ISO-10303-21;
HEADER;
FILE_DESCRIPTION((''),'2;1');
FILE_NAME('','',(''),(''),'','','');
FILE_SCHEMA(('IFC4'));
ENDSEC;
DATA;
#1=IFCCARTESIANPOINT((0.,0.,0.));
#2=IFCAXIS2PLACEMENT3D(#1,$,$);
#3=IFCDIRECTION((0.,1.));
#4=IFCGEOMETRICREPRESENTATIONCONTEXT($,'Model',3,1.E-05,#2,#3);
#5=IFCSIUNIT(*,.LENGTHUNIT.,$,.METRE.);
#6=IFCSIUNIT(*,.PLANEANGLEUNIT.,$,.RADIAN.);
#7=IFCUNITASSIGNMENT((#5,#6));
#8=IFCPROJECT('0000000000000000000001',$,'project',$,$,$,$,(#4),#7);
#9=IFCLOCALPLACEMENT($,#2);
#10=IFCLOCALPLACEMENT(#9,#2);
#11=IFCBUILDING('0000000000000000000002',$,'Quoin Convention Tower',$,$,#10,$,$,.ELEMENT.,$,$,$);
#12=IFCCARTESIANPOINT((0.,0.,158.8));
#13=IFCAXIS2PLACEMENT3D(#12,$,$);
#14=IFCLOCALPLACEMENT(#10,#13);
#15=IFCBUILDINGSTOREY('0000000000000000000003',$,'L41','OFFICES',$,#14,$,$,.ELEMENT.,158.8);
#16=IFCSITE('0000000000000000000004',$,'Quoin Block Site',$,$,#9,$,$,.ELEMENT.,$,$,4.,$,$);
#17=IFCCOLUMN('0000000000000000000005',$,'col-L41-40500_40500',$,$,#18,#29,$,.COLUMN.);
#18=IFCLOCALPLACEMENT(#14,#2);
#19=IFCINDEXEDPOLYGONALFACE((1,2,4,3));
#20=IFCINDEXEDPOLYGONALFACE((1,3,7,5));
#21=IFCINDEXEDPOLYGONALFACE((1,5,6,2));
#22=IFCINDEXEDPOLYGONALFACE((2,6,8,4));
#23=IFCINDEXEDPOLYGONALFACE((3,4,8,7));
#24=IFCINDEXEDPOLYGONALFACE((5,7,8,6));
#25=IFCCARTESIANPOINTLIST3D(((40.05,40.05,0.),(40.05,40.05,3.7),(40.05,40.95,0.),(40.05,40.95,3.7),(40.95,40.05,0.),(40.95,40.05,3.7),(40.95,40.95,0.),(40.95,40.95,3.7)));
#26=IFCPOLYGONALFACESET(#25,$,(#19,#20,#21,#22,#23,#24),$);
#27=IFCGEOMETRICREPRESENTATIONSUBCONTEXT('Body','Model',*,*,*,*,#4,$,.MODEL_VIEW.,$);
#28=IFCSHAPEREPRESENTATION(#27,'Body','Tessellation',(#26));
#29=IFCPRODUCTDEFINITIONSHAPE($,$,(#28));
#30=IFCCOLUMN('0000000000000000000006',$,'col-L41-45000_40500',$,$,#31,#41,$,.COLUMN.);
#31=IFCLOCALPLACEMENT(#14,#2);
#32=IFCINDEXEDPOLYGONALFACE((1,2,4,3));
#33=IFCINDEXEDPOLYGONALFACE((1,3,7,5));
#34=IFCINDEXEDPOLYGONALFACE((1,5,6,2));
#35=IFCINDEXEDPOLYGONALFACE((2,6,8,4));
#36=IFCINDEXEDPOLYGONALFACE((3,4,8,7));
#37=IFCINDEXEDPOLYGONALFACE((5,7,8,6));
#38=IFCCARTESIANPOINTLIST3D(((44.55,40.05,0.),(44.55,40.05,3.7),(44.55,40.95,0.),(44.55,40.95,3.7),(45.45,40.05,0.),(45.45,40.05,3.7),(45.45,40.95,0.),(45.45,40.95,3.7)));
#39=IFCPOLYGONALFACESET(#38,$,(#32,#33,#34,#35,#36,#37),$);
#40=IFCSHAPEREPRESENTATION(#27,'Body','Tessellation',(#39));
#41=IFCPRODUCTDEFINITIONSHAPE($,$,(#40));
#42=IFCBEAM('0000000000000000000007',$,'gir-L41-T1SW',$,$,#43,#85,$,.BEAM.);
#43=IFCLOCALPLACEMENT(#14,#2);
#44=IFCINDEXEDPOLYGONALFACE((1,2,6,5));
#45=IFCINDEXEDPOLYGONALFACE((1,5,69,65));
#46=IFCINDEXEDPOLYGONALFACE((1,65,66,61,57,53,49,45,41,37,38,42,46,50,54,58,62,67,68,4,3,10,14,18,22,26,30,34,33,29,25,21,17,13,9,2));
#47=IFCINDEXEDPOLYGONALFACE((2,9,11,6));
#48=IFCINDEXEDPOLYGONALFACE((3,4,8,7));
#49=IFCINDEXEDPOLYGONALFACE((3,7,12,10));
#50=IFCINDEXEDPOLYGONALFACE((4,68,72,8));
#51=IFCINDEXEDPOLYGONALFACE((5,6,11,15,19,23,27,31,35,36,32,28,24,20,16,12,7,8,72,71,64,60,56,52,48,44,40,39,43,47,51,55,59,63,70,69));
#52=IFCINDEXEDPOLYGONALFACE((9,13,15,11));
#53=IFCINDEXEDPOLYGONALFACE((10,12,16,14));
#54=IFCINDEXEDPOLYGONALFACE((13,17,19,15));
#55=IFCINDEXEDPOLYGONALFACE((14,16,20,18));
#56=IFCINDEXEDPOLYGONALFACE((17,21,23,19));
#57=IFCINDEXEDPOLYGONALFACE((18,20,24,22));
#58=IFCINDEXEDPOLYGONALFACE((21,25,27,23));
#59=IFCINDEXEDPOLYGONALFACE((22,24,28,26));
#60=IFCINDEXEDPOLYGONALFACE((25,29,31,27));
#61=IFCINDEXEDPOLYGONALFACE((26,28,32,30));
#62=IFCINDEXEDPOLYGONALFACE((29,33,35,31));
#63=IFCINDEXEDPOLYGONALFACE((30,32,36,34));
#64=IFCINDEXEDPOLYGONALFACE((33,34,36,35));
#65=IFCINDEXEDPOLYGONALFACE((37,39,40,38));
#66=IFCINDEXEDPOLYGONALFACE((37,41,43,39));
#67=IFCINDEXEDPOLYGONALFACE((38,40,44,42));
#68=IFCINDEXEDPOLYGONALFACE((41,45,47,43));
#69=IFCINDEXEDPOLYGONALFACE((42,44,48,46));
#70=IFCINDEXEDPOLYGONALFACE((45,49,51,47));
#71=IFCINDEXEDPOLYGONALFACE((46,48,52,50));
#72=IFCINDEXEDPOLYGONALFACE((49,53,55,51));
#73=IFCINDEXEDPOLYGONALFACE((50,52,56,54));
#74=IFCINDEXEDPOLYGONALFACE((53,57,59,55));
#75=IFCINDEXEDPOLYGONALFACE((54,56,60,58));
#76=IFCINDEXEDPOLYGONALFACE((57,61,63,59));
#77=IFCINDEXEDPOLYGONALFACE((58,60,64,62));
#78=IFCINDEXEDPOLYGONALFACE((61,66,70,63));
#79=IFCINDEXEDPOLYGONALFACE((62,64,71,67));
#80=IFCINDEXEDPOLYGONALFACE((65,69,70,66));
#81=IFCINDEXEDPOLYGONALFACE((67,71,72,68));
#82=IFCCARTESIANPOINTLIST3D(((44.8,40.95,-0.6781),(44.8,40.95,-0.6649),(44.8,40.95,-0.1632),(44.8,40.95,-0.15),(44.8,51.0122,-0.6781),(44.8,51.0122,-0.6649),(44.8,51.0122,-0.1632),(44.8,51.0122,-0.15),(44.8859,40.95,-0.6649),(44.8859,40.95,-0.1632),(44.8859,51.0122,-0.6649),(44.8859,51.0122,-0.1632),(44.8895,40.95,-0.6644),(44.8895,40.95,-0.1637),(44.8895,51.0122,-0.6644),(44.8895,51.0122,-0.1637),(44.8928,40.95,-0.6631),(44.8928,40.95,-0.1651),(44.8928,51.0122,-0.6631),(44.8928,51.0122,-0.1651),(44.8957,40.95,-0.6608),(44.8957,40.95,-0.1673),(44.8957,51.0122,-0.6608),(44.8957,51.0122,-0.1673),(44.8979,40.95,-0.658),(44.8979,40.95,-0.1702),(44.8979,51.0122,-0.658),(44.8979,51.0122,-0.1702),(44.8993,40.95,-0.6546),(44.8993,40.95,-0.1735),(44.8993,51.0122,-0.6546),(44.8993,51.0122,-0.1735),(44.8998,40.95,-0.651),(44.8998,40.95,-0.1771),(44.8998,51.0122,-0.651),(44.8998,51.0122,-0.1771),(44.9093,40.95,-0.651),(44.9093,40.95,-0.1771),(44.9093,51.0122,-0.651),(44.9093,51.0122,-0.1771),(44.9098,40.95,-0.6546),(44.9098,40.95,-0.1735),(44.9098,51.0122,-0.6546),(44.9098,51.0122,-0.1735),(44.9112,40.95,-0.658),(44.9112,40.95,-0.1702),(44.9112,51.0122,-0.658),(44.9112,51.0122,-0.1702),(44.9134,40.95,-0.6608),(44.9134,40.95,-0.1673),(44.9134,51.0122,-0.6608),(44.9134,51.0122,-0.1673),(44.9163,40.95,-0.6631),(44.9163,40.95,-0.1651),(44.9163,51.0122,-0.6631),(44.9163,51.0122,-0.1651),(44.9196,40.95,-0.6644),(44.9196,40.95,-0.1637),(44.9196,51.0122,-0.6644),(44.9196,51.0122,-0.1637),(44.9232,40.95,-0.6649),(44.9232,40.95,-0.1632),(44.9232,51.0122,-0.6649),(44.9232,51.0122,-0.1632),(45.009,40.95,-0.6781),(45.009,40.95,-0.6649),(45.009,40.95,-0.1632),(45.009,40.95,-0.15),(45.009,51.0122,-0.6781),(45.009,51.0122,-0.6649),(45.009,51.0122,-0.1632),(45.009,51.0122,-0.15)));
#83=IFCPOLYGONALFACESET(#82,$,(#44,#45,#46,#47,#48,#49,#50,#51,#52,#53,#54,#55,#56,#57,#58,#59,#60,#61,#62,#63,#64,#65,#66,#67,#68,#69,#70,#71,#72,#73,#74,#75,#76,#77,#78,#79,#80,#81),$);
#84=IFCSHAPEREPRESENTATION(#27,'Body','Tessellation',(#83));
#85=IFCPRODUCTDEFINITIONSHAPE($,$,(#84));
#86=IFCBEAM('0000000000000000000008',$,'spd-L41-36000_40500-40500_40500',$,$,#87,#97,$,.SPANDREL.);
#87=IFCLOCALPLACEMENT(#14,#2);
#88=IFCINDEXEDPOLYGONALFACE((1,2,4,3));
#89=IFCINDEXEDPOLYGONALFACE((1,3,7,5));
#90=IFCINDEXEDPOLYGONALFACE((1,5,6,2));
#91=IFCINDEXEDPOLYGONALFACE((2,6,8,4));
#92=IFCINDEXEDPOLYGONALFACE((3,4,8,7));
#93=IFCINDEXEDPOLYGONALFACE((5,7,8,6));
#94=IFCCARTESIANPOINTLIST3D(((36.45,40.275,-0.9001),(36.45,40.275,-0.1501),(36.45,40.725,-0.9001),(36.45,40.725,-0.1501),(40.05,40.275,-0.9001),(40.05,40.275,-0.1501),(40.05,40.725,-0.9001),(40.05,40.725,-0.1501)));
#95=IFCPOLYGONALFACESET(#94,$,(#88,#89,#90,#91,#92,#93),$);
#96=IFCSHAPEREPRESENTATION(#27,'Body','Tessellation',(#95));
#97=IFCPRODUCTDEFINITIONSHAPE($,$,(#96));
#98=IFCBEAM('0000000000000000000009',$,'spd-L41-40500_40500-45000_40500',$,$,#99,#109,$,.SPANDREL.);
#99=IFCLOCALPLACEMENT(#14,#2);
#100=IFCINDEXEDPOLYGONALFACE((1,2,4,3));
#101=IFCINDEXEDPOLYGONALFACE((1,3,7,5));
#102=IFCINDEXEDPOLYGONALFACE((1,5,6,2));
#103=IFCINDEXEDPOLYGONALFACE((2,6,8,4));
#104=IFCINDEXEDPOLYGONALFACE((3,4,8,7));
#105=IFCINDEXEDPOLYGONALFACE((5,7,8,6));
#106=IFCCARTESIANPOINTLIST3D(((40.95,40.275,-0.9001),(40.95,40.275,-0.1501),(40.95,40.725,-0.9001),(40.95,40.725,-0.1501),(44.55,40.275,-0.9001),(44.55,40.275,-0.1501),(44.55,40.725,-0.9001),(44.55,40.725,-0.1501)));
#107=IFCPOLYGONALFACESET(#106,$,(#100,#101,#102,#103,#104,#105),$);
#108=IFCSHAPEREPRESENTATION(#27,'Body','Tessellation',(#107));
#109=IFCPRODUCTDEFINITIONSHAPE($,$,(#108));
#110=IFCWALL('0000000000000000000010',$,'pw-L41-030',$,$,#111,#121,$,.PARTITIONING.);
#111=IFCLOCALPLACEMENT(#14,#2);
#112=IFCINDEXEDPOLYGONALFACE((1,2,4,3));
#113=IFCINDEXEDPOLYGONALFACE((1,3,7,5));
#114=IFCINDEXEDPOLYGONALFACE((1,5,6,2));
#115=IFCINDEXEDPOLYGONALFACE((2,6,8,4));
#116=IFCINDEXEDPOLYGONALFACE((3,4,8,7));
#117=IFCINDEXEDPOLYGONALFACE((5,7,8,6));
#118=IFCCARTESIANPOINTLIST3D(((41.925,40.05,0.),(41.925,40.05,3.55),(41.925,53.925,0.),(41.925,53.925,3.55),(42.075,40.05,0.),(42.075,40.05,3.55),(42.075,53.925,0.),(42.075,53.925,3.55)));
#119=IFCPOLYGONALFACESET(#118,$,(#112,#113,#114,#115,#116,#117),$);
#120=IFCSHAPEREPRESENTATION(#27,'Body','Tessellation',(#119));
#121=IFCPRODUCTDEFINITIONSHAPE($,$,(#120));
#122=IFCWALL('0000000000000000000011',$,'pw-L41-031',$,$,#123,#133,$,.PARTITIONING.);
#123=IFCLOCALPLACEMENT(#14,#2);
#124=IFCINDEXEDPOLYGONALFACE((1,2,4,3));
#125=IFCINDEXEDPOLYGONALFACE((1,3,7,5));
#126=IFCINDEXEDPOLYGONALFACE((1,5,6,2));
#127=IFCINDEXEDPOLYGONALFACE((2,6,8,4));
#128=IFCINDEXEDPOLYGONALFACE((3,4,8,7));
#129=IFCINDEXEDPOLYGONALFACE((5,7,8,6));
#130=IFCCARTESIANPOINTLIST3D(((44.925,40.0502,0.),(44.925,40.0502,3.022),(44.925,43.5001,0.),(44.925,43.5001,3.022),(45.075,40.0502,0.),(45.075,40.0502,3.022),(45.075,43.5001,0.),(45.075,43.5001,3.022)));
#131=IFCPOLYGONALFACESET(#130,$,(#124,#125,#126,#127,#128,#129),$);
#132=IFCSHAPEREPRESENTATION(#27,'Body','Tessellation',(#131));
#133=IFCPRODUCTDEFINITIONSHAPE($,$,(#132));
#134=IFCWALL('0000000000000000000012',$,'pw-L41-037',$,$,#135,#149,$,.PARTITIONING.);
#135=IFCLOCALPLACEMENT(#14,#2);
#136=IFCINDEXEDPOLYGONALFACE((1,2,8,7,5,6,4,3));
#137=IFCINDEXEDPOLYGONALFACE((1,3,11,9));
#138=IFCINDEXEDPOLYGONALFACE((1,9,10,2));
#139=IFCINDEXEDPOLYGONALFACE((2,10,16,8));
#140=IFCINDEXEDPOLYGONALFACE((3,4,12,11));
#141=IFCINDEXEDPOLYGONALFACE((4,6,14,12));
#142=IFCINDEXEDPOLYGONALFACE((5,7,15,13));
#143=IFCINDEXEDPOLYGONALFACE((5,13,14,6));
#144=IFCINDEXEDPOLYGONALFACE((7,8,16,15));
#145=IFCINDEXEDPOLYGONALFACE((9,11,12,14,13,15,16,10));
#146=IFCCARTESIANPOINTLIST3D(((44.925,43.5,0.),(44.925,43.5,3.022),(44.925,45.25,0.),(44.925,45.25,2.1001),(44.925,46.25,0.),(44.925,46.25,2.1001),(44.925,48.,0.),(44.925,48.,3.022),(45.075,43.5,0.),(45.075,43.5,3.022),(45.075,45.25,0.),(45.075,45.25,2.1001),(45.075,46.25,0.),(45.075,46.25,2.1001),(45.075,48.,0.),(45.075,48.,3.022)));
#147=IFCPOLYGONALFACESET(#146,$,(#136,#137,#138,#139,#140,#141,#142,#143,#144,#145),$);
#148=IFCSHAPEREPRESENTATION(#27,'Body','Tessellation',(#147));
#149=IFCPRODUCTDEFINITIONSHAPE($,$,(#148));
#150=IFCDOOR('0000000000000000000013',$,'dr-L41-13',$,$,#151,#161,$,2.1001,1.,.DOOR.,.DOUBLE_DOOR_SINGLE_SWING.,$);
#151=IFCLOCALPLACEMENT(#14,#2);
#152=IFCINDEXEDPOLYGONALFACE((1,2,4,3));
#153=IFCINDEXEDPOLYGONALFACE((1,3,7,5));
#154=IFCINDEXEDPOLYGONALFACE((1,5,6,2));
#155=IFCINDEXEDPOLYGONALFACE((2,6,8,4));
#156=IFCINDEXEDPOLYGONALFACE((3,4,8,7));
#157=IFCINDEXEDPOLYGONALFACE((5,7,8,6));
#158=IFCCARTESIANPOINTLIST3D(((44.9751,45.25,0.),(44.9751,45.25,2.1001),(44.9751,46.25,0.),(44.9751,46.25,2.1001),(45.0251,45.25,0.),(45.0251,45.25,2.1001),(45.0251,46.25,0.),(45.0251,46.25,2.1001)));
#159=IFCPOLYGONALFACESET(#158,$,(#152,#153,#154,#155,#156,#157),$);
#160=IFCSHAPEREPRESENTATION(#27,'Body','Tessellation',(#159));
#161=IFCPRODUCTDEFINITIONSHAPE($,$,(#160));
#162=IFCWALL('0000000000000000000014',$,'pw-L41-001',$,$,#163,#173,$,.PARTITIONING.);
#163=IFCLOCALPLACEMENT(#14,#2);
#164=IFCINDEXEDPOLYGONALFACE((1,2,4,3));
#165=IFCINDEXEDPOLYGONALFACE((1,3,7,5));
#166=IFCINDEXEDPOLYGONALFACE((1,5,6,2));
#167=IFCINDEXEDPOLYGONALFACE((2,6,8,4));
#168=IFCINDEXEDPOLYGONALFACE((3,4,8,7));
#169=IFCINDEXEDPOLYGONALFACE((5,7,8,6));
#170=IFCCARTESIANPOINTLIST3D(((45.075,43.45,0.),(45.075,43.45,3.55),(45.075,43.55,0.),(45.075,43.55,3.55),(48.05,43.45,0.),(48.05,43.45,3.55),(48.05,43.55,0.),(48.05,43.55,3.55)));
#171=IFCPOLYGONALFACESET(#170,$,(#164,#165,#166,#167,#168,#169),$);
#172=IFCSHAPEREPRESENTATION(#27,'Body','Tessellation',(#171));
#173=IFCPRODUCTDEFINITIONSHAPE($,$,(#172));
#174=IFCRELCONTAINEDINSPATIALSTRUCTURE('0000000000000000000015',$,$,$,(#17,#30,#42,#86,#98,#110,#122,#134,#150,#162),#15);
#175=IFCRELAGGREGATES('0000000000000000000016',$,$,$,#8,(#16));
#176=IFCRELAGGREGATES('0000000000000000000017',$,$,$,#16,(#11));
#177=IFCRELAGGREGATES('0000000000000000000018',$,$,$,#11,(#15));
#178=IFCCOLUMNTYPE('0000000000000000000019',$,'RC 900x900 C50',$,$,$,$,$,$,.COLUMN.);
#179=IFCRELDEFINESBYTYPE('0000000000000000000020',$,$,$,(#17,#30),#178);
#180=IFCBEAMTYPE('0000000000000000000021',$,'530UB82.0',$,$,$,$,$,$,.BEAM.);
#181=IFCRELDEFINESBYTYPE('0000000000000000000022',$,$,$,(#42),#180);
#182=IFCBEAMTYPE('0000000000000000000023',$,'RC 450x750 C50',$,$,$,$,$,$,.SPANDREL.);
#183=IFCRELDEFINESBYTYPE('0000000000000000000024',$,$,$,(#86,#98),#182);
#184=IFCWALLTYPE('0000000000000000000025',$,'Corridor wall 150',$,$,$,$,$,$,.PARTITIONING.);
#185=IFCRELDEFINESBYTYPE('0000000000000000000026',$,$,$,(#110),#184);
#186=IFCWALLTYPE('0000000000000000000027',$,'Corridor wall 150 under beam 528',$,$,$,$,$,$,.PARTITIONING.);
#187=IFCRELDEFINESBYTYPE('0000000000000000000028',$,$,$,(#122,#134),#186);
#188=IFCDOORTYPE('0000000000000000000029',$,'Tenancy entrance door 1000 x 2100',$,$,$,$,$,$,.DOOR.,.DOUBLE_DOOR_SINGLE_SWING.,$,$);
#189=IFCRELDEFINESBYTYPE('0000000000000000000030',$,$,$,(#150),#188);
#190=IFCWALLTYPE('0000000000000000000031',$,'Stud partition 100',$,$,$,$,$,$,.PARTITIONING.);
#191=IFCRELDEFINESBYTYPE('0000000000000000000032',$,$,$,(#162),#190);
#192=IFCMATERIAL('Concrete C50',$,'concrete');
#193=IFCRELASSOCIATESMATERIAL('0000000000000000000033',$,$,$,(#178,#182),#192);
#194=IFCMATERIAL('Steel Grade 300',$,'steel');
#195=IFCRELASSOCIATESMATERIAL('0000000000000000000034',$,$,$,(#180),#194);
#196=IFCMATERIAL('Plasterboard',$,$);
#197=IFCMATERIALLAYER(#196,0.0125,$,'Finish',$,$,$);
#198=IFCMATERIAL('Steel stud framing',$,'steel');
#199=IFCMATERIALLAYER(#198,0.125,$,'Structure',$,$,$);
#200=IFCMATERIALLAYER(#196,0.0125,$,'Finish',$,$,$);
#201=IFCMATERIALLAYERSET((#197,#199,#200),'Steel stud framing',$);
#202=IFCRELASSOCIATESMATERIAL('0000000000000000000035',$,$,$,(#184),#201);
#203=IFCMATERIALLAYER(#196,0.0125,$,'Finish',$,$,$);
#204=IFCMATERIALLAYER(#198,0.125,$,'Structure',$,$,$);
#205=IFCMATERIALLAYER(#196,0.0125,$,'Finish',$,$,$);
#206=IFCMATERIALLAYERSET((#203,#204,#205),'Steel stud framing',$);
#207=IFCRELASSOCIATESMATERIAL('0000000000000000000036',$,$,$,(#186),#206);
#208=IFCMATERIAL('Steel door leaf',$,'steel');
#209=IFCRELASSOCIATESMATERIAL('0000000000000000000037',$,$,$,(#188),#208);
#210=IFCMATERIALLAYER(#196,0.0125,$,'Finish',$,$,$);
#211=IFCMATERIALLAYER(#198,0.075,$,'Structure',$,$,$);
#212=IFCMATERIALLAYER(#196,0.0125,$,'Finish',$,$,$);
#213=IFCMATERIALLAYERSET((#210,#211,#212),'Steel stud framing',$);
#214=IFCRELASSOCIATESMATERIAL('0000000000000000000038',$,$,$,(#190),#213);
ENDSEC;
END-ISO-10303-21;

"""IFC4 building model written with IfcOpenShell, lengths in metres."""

from ifc_helpers import new_model, si_unit, direction, frame, frame_2d, origin, origin_2d, place, context, subcontext, project, spatial, rectangle, i_section, extrude, material, layer, layer_set, material_profile, profile_set, type_object, element, fill, save


model = new_model("IFC4")

# Units and contexts
model_context = context("Model", 3, precision=1e-05, world=origin(), true_north=direction((0.0, 1.0)))
body_context = subcontext(model_context, "Body", "Model", "MODEL_VIEW")
ifc_project = project(units=[si_unit("LENGTHUNIT", "METRE"), si_unit("PLANEANGLEUNIT", "RADIAN")], contexts=[model_context])

# Site, building, storey
site_placement = place(None, origin())
site = spatial("IfcSite", under=ifc_project, at=site_placement, Name="Quoin Block Site", CompositionType="ELEMENT", RefElevation=4.0)
building_placement = place(site_placement, origin())
building = spatial("IfcBuilding", under=site, at=building_placement, Name="Quoin Convention Tower", CompositionType="ELEMENT")
storey_placement = place(building_placement, frame((0.0, 0.0, 158.8)))
storey = spatial("IfcBuildingStorey", under=building, at=storey_placement, Name="L41", Description="OFFICES", CompositionType="ELEMENT", Elevation=158.8)

# Columns
ifc_material_1 = material(Name="Concrete C50", Category="concrete")
ifc_material_profile_1 = material_profile(ifc_material_1, rectangle(XDim=0.8999, YDim=0.8999, at=origin_2d()), Name="RC 900x900")
ifc_profile_set_1 = profile_set([ifc_material_profile_1], Name="Concrete C50")
column_type = type_object("IfcColumnType", Name="RC 900x900 C50", PredefinedType="COLUMN", material=ifc_profile_set_1)
for number, where, z_axis, x_axis, name in (
    (1, (40.5, 40.5, 0.0), (0.0, 0.0, 1.0), (1.0, 0.0, 0.0), "col-L41-40500_40500"),
    (2, (45.0, 40.5, 0.0), (0.0, 0.0, 1.0), (1.0, 0.0, 0.0), "col-L41-45000_40500"),
):
    element("IfcColumn", number, at=place(storey_placement, frame(where, z_axis=z_axis, x_axis=x_axis)), inside=storey, type_object=column_type, Name=name, PredefinedType="COLUMN", context=body_context, shape_type="SweptSolid", body=[
        extrude(rectangle(XDim=0.8999, YDim=0.8999, at=origin_2d()), origin(), (0.0, 0.0, 1.0), 3.7),
    ])

# Beams
ifc_material_2 = material(Name="Steel Grade 300", Category="steel")
ifc_material_profile_2 = material_profile(ifc_material_2, i_section(OverallWidth=0.209, OverallDepth=0.5281, WebThickness=0.0095, FlangeThickness=0.0132, FilletRadius=0.0139, at=origin_2d()), Name="530UB82.0")
ifc_profile_set_2 = profile_set([ifc_material_profile_2], Name="Steel Grade 300")
beam_type_1 = type_object("IfcBeamType", Name="530UB82.0", PredefinedType="BEAM", material=ifc_profile_set_2)
beam_placement = place(storey_placement, frame((44.9045, 40.95, -0.4141), z_axis=(0.0, 1.0, 0.0), x_axis=(-1.0, 0.0, 0.0)))
element("IfcBeam", 3, at=beam_placement, inside=storey, type_object=beam_type_1, Name="gir-L41-T1SW", PredefinedType="BEAM", context=body_context, shape_type="SweptSolid", body=[
    extrude(i_section(OverallWidth=0.209, OverallDepth=0.5281, WebThickness=0.0095, FlangeThickness=0.0132, FilletRadius=0.0139, at=origin_2d()), origin(), (0.0, 0.0, 1.0), 10.0623),
])
ifc_material_profile_3 = material_profile(ifc_material_1, rectangle(XDim=0.45, YDim=0.75, at=origin_2d()), Name="RC 450x750")
ifc_profile_set_3 = profile_set([ifc_material_profile_3], Name="Concrete C50")
beam_type_2 = type_object("IfcBeamType", Name="RC 450x750 C50", PredefinedType="SPANDREL", material=ifc_profile_set_3)
for number, where, z_axis, x_axis, name in (
    (4, (36.45, 40.5, -0.5251), (1.0, 0.0, 0.0), (0.0, 1.0, 0.0), "spd-L41-36000_40500-40500_40500"),
    (5, (40.95, 40.5, -0.5251), (1.0, 0.0, 0.0), (0.0, 1.0, 0.0), "spd-L41-40500_40500-45000_40500"),
):
    element("IfcBeam", number, at=place(storey_placement, frame(where, z_axis=z_axis, x_axis=x_axis)), inside=storey, type_object=beam_type_2, Name=name, PredefinedType="SPANDREL", context=body_context, shape_type="SweptSolid", body=[
        extrude(rectangle(XDim=0.45, YDim=0.75, at=origin_2d()), origin(), (0.0, 0.0, 1.0), 3.6001),
    ])

# Walls
ifc_material_3 = material(Name="Plasterboard")
ifc_layer_1 = layer(ifc_material_3, 0.0125, Name="Finish")
ifc_material_4 = material(Name="Steel stud framing", Category="steel")
ifc_layer_2 = layer(ifc_material_4, 0.125, Name="Structure")
ifc_layer_3 = layer(ifc_material_3, 0.0125, Name="Finish")
ifc_layer_set_1 = layer_set([ifc_layer_1, ifc_layer_2, ifc_layer_3], Name="Steel stud framing")
wall_type_1 = type_object("IfcWallType", Name="Corridor wall 150", PredefinedType="PARTITIONING", material=ifc_layer_set_1)
wall_1_placement = place(storey_placement, frame((42.0, 40.05, 0.0), z_axis=(0.0, 0.0, 1.0), x_axis=(0.0, 1.0, 0.0)))
element("IfcWall", 6, at=wall_1_placement, inside=storey, type_object=wall_type_1, Name="pw-L41-030", PredefinedType="PARTITIONING", context=body_context, shape_type="SweptSolid", body=[
    extrude(rectangle(XDim=13.875, YDim=0.1499, at=frame_2d((6.9375, 0.0))), origin(), (0.0, 0.0, 1.0), 3.55),
])
ifc_layer_4 = layer(ifc_material_3, 0.0125, Name="Finish")
ifc_layer_5 = layer(ifc_material_4, 0.125, Name="Structure")
ifc_layer_6 = layer(ifc_material_3, 0.0125, Name="Finish")
ifc_layer_set_2 = layer_set([ifc_layer_4, ifc_layer_5, ifc_layer_6], Name="Steel stud framing")
wall_type_2 = type_object("IfcWallType", Name="Corridor wall 150 under beam 528", PredefinedType="PARTITIONING", material=ifc_layer_set_2)
wall_2_placement = place(storey_placement, frame((45.0, 40.05, 0.0), z_axis=(0.0, 0.0, 1.0), x_axis=(0.0, 1.0, 0.0)))
element("IfcWall", 7, at=wall_2_placement, inside=storey, type_object=wall_type_2, Name="pw-L41-031", PredefinedType="PARTITIONING", context=body_context, shape_type="SweptSolid", body=[
    extrude(rectangle(XDim=3.45, YDim=0.1499, at=frame_2d((1.7251, 0.0))), origin(), (0.0, 0.0, 1.0), 3.022),
])

# Wall, opening, door
wall_3_placement = place(storey_placement, frame((45.0, 43.5, 0.0), z_axis=(0.0, 0.0, 1.0), x_axis=(0.0, 1.0, 0.0)))
wall_3 = element("IfcWall", 8, at=wall_3_placement, inside=storey, type_object=wall_type_2, Name="pw-L41-037", PredefinedType="PARTITIONING", context=body_context, shape_type="SweptSolid", body=[
    extrude(rectangle(XDim=4.5, YDim=0.1499, at=frame_2d((2.25, 0.0))), origin(), (0.0, 0.0, 1.0), 3.022),
])
opening_placement = place(wall_3_placement, frame((1.75, 0.0, 0.0)))
opening = element("IfcOpeningElement", 9, at=opening_placement, cuts=wall_3, PredefinedType="OPENING", context=body_context, shape_type="SweptSolid", body=[
    extrude(rectangle(XDim=1.0, YDim=2.1001, at=frame_2d((0.5, 1.05))), frame((0.0, 0.085, 0.0), z_axis=(0.0, -1.0, 0.0), x_axis=(1.0, 0.0, 0.0)), (0.0, 0.0, 1.0), 0.1699),
])
ifc_material_5 = material(Name="Steel door leaf", Category="steel")
door_type = type_object("IfcDoorType", Name="Tenancy entrance door 1000 x 2100", OperationType="DOUBLE_DOOR_SINGLE_SWING", PredefinedType="DOOR", material=ifc_material_5)
door_placement = place(opening_placement, origin())
door = element("IfcDoor", 10, at=door_placement, inside=storey, type_object=door_type, Name="dr-L41-13", OperationType="DOUBLE_DOOR_SINGLE_SWING", OverallHeight=2.1001, OverallWidth=1.0, PredefinedType="DOOR", context=body_context, shape_type="SweptSolid", body=[
    extrude(rectangle(XDim=1.0, YDim=2.1001, at=frame_2d((0.5, 1.05))), frame((0.0, 0.0249, 0.0), z_axis=(0.0, -1.0, 0.0), x_axis=(1.0, 0.0, 0.0)), (0.0, 0.0, 1.0), 0.05),
])
fill(opening, door)

# Wall
ifc_layer_7 = layer(ifc_material_3, 0.0125, Name="Finish")
ifc_layer_8 = layer(ifc_material_4, 0.075, Name="Structure")
ifc_layer_9 = layer(ifc_material_3, 0.0125, Name="Finish")
ifc_layer_set_3 = layer_set([ifc_layer_7, ifc_layer_8, ifc_layer_9], Name="Steel stud framing")
wall_type_3 = type_object("IfcWallType", Name="Stud partition 100", PredefinedType="PARTITIONING", material=ifc_layer_set_3)
wall_4_placement = place(storey_placement, frame((45.075, 43.5, 0.0), z_axis=(0.0, 0.0, 1.0), x_axis=(1.0, 0.0, 0.0)))
element("IfcWall", 11, at=wall_4_placement, inside=storey, type_object=wall_type_3, Name="pw-L41-001", PredefinedType="PARTITIONING", context=body_context, shape_type="SweptSolid", body=[
    extrude(rectangle(XDim=2.9751, YDim=0.1001, at=frame_2d((1.4875, 0.0))), origin(), (0.0, 0.0, 1.0), 3.55),
])

save(model, "model.ifc")
